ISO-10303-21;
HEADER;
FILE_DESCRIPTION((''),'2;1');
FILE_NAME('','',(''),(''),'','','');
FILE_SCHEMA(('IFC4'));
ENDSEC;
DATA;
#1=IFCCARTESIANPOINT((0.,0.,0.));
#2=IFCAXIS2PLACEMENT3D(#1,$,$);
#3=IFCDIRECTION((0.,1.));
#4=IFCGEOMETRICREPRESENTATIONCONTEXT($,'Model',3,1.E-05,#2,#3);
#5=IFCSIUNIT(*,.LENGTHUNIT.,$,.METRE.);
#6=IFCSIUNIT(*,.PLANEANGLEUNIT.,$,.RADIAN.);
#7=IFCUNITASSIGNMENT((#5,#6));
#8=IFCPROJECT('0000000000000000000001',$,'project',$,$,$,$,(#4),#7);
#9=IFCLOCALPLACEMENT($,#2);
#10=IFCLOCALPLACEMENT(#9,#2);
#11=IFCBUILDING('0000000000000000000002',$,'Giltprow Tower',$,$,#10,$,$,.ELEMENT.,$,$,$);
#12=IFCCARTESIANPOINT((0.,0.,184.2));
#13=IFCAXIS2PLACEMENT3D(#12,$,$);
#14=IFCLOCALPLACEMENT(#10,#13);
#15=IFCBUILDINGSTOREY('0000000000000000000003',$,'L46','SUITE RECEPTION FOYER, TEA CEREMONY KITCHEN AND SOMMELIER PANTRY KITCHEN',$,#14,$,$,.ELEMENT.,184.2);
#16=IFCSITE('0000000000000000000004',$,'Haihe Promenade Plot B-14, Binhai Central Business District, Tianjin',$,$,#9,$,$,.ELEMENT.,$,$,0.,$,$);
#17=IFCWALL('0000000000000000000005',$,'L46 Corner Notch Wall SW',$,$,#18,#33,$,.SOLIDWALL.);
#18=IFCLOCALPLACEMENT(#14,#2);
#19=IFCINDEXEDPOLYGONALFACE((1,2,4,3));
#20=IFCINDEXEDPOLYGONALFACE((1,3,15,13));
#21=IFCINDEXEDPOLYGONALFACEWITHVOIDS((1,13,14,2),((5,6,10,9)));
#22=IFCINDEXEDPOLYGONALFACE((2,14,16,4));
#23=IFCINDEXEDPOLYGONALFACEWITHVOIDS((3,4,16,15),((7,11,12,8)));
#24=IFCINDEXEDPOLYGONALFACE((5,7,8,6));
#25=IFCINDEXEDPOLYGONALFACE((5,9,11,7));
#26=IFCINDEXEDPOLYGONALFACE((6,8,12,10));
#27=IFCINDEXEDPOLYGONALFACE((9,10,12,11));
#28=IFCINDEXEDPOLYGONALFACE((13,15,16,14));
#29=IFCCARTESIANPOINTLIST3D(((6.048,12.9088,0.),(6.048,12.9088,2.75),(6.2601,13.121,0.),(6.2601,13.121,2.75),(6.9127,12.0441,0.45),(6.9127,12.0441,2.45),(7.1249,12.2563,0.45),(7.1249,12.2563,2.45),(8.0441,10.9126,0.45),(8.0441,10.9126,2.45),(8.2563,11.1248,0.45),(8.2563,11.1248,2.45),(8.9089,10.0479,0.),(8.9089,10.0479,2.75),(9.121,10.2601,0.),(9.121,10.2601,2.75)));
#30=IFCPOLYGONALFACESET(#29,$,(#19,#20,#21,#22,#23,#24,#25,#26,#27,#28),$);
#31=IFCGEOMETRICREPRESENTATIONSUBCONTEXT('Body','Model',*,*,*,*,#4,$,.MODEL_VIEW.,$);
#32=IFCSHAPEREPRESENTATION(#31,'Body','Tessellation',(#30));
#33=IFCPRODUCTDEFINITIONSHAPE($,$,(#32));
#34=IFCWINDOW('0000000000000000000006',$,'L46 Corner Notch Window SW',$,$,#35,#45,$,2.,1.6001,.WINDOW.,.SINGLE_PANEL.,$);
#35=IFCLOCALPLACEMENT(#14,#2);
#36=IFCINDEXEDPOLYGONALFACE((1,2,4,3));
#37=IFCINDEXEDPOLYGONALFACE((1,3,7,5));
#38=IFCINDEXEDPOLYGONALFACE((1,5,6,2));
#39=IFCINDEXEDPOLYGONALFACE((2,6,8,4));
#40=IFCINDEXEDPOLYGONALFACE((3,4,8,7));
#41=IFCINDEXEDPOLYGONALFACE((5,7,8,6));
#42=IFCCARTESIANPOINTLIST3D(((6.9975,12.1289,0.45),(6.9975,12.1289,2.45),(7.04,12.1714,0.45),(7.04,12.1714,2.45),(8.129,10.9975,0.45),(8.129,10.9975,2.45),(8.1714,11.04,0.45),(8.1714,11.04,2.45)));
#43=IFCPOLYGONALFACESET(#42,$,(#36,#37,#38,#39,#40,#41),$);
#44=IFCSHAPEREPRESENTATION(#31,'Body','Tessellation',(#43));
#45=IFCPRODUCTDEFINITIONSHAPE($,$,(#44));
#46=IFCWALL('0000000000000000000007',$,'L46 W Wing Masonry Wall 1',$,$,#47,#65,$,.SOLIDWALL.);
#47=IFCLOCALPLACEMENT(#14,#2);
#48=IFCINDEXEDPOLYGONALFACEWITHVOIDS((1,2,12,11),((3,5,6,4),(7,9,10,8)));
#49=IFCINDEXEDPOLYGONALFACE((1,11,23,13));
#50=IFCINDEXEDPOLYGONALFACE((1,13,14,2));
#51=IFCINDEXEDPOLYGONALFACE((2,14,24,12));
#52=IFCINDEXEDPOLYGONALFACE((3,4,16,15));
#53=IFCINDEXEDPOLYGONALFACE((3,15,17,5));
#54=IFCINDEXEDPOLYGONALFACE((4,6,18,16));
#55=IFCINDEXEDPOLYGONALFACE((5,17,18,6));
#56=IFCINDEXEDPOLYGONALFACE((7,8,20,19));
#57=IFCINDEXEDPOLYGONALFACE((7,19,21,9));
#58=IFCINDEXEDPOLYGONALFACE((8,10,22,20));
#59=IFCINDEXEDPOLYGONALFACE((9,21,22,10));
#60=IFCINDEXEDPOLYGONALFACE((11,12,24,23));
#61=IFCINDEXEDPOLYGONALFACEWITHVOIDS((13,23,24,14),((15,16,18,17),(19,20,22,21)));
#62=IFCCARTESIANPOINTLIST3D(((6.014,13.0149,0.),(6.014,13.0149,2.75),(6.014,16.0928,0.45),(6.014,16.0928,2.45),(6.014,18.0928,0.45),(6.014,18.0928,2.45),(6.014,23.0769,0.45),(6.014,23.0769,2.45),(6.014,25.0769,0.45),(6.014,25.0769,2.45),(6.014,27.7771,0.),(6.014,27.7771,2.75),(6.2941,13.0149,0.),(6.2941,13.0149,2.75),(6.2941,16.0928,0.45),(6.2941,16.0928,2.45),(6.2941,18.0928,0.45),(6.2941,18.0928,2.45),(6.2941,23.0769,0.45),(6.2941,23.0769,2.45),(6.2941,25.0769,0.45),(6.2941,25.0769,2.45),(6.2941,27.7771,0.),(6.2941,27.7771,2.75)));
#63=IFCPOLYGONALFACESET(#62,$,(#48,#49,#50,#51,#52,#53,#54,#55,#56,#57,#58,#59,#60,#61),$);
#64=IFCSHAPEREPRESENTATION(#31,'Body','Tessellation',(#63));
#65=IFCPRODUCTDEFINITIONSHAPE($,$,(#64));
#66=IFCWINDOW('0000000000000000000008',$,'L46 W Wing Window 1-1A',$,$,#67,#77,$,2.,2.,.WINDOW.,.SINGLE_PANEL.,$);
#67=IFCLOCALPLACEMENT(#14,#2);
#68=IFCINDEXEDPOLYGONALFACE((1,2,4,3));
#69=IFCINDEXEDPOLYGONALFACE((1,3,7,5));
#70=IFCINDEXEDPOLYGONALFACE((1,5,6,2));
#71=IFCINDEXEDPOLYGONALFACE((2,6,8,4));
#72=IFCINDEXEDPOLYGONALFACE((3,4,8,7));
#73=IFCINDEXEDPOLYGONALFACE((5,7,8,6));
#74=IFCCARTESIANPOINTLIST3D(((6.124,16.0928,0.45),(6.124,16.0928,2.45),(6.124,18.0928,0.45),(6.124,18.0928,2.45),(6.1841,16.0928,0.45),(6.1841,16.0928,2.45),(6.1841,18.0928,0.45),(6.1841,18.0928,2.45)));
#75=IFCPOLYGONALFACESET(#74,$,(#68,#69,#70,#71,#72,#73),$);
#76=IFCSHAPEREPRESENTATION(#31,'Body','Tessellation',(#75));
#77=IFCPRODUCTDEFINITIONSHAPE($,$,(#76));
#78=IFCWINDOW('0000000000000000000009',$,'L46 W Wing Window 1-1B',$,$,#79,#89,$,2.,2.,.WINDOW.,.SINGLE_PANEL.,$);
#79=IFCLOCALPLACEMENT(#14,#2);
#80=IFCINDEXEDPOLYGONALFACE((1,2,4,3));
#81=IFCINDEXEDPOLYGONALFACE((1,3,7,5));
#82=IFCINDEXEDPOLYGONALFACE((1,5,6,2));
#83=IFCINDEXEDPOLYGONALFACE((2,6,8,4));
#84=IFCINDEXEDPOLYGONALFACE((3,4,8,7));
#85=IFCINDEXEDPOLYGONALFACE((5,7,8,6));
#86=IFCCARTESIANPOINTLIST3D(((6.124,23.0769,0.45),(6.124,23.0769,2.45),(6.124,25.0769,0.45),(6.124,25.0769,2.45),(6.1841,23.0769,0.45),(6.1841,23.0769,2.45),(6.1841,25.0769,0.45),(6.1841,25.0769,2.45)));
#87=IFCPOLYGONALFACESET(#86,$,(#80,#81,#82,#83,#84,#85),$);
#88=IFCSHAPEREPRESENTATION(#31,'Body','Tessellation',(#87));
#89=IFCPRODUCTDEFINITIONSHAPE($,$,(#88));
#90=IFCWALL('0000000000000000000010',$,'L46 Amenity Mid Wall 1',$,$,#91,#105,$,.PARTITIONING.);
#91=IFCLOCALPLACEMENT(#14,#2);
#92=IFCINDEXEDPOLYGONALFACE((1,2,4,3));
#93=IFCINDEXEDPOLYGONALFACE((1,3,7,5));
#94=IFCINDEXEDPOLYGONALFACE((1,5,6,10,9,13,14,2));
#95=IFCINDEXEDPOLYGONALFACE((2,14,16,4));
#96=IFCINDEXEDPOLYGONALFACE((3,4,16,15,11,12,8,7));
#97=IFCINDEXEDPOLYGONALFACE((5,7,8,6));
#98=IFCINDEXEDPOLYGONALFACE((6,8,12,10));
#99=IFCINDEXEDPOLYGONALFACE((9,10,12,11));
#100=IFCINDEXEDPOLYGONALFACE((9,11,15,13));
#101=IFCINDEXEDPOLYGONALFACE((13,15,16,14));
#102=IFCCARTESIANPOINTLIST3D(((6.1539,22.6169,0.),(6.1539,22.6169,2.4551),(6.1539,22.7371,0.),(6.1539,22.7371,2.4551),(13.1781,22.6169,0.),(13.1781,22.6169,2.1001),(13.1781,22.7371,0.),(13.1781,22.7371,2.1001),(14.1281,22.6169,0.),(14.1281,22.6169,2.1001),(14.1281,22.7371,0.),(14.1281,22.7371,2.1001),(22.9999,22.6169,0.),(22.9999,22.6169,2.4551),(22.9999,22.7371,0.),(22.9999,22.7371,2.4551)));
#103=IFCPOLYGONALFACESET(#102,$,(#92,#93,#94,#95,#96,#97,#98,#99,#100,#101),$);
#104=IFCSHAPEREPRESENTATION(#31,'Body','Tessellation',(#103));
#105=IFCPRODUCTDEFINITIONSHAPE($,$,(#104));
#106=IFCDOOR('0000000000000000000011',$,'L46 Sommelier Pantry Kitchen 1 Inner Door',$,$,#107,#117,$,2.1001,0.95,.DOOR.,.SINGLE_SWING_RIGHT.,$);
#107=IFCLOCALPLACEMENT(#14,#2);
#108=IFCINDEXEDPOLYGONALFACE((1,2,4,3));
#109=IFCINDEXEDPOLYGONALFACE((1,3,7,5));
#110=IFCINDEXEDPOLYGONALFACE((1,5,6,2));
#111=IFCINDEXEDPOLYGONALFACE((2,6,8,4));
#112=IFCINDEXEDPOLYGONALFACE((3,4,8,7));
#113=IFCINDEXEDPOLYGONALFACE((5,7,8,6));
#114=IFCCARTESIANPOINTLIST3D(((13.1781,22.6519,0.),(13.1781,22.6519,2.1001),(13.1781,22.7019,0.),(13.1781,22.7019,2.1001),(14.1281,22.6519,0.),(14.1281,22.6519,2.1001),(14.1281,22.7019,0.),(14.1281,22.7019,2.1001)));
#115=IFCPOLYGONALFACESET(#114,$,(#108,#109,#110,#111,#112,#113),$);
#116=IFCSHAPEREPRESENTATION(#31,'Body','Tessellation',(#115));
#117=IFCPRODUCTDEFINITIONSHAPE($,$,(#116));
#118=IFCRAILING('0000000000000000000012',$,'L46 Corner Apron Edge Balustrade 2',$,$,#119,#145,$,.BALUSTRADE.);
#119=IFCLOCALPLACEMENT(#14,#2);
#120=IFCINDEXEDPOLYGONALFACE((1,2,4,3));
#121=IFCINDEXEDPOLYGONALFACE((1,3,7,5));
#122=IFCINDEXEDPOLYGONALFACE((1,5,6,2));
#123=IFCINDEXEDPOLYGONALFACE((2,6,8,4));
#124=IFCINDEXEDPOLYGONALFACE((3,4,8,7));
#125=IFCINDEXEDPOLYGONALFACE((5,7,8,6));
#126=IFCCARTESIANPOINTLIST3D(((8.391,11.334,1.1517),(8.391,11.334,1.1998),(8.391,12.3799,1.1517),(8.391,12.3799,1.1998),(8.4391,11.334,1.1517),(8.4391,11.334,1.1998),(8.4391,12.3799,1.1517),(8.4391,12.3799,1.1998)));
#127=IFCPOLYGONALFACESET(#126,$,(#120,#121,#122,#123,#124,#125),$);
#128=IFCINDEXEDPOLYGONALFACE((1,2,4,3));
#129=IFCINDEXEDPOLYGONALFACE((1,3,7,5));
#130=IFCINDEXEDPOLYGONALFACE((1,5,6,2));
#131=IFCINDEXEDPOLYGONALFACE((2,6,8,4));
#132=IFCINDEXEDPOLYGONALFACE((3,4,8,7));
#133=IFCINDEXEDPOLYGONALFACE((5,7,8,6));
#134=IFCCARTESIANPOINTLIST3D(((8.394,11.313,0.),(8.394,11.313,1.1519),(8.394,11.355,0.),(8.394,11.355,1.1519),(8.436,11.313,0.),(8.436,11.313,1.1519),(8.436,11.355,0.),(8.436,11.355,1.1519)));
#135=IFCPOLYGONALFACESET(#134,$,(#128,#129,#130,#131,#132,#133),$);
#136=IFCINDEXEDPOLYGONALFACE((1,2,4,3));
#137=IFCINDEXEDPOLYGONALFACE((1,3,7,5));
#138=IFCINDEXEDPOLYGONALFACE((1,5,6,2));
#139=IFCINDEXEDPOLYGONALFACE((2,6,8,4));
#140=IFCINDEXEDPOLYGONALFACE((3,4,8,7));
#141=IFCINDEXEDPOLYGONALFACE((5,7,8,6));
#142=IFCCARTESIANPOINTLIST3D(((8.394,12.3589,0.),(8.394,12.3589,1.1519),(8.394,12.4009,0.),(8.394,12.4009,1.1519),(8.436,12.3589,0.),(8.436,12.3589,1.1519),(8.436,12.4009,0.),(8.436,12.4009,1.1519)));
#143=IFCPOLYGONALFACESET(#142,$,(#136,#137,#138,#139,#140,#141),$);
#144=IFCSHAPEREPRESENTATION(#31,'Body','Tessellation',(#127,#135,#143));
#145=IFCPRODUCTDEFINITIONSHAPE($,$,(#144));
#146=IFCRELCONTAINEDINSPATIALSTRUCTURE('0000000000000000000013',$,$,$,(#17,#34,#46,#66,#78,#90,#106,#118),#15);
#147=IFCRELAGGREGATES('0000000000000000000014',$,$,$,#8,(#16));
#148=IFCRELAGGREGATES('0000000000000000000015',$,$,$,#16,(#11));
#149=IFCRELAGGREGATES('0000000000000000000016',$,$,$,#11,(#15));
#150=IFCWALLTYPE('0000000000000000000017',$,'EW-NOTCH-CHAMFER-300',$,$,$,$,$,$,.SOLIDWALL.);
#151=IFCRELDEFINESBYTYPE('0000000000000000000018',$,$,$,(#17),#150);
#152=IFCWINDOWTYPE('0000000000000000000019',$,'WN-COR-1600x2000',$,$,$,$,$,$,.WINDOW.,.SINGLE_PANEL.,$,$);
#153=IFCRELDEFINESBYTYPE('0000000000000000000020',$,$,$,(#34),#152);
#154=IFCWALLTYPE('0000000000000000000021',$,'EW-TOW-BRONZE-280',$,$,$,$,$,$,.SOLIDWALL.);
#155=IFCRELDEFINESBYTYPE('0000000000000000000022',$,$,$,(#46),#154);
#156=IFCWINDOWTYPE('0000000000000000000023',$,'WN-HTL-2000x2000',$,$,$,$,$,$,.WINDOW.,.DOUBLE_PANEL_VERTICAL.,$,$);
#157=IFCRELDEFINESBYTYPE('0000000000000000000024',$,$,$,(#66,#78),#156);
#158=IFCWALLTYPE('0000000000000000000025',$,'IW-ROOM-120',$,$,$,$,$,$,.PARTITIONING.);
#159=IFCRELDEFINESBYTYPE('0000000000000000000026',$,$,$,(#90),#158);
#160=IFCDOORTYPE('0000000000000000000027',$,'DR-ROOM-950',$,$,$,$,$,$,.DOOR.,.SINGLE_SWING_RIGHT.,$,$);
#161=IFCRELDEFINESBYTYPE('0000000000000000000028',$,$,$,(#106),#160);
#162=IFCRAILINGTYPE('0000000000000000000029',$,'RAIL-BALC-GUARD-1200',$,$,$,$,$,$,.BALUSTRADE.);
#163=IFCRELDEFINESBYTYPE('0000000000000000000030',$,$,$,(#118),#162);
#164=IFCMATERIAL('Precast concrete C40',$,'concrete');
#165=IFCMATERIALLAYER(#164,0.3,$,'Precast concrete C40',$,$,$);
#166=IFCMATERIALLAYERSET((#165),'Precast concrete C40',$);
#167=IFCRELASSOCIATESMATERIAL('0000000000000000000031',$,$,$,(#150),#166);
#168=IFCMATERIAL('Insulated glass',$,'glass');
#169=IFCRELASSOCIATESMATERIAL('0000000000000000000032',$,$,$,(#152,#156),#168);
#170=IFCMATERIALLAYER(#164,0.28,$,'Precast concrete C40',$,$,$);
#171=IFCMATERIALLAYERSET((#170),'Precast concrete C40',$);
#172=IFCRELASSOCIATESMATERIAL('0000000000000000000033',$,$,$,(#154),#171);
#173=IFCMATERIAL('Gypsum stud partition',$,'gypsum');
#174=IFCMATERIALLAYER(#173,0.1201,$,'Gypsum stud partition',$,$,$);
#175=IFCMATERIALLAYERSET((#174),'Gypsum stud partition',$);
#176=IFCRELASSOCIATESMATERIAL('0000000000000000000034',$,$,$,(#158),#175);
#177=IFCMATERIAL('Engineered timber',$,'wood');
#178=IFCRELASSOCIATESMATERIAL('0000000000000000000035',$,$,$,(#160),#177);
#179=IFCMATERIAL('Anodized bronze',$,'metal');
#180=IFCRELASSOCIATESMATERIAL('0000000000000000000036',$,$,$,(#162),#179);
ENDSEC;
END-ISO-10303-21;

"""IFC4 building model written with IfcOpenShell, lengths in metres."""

from ifc_helpers import new_model, si_unit, direction, frame, frame_2d, origin, origin_2d, place, context, subcontext, project, spatial, rectangle, extrude, source, transform, mapped, material, layer, layer_set, type_object, element, fill, save


model = new_model("IFC4")

# Units and contexts
model_context = context("Model", 3, precision=1e-05, world=origin(), true_north=direction((0.0, 1.0)))
body_context = subcontext(model_context, "Body", "Model", "MODEL_VIEW")
ifc_project = project(units=[si_unit("LENGTHUNIT", "METRE"), si_unit("PLANEANGLEUNIT", "RADIAN")], contexts=[model_context])

# Site, building, storey
site_placement = place(None, origin())
site = spatial("IfcSite", under=ifc_project, at=site_placement, Name="Haihe Promenade Plot B-14, Binhai Central Business District, Tianjin", CompositionType="ELEMENT", RefElevation=0.0)
building_placement = place(site_placement, origin())
building = spatial("IfcBuilding", under=site, at=building_placement, Name="Giltprow Tower", CompositionType="ELEMENT")
storey_placement = place(building_placement, frame((0.0, 0.0, 184.2)))
storey = spatial("IfcBuildingStorey", under=building, at=storey_placement, Name="L46", Description="SUITE RECEPTION FOYER, TEA CEREMONY KITCHEN AND SOMMELIER PANTRY KITCHEN", CompositionType="ELEMENT", Elevation=184.2)

# Shared definitions
ifc_material_1 = material(Name="Anodized bronze", Category="metal")
ifc_material_2 = material(Name="Insulated glass", Category="glass")

# Wall, opening, window
ifc_material_3 = material(Name="Precast concrete C40", Category="concrete")
ifc_layer_1 = layer(ifc_material_3, 0.3, Name="Precast concrete C40")
ifc_layer_set_1 = layer_set([ifc_layer_1], Name="Precast concrete C40")
wall_type_1 = type_object("IfcWallType", Name="EW-NOTCH-CHAMFER-300", PredefinedType="SOLIDWALL", material=ifc_layer_set_1)
wall_1_placement = place(storey_placement, frame((6.1541, 13.0149, 0.0), z_axis=(0.0, 0.0, 1.0), x_axis=(0.707107, -0.707107, 0.0)))
wall_1 = element("IfcWall", 1, at=wall_1_placement, inside=storey, type_object=wall_type_1, Name="L46 Corner Notch Wall SW", PredefinedType="SOLIDWALL", context=body_context, shape_type="SweptSolid", body=[
    extrude(rectangle(XDim=4.0459, YDim=0.3, at=frame_2d((2.0229, 0.0))), origin(), (0.0, 0.0, 1.0), 2.75),
])
opening_1_placement = place(wall_1_placement, frame((1.2229, 0.0, 0.45)))
opening_1 = element("IfcOpeningElement", 2, at=opening_1_placement, cuts=wall_1, PredefinedType="OPENING", context=body_context, shape_type="SweptSolid", body=[
    extrude(rectangle(XDim=1.6001, YDim=2.0, at=frame_2d((0.8, 1.0))), frame((0.0, 0.1599, 0.0), z_axis=(0.0, -1.0, 0.0), x_axis=(1.0, 0.0, 0.0)), (0.0, 0.0, 1.0), 0.3201),
])
window_type_1 = type_object("IfcWindowType", Name="WN-COR-1600x2000", PartitioningType="SINGLE_PANEL", PredefinedType="WINDOW", material=ifc_material_2)
shared_shape_1 = source(origin(), body_context, "Body", "SweptSolid", [
    extrude(rectangle(XDim=1.6001, YDim=2.0, at=frame_2d((0.8, 1.0))), frame((0.0, 0.03, 0.0), z_axis=(0.0, -1.0, 0.0), x_axis=(1.0, 0.0, 0.0)), (0.0, 0.0, 1.0), 0.0601),
])
window_1_placement = place(opening_1_placement, origin())
window_1 = element("IfcWindow", 3, at=window_1_placement, inside=storey, type_object=window_type_1, Name="L46 Corner Notch Window SW", OverallHeight=2.0, OverallWidth=1.6001, PartitioningType="SINGLE_PANEL", PredefinedType="WINDOW", context=body_context, shape_type="MappedRepresentation", body=[
    mapped(shared_shape_1, transform((0.0, 0.0, 0.0), x_axis=(1.0, 0.0, 0.0), y_axis=(0.0, 1.0, 0.0), z_axis=(0.0, 0.0, 1.0), scale=1.0)),
])
fill(opening_1, window_1)

# Wall, openings, windows
ifc_layer_2 = layer(ifc_material_3, 0.28, Name="Precast concrete C40")
ifc_layer_set_2 = layer_set([ifc_layer_2], Name="Precast concrete C40")
wall_type_2 = type_object("IfcWallType", Name="EW-TOW-BRONZE-280", PredefinedType="SOLIDWALL", material=ifc_layer_set_2)
wall_2_placement = place(storey_placement, frame((6.1541, 13.0149, 0.0), z_axis=(0.0, 0.0, 1.0), x_axis=(0.0, 1.0, 0.0)))
wall_2 = element("IfcWall", 4, at=wall_2_placement, inside=storey, type_object=wall_type_2, Name="L46 W Wing Masonry Wall 1", PredefinedType="SOLIDWALL", context=body_context, shape_type="SweptSolid", body=[
    extrude(rectangle(XDim=14.7622, YDim=0.28, at=frame_2d((7.3811, 0.0))), origin(), (0.0, 0.0, 1.0), 2.75),
])
opening_2_placement = place(wall_2_placement, frame((3.0779, 0.0, 0.45)))
opening_2 = element("IfcOpeningElement", 5, at=opening_2_placement, cuts=wall_2, PredefinedType="OPENING", context=body_context, shape_type="SweptSolid", body=[
    extrude(rectangle(XDim=2.0, YDim=2.0, at=frame_2d((1.0, 1.0))), frame((0.0, 0.1499, 0.0), z_axis=(0.0, -1.0, 0.0), x_axis=(1.0, 0.0, 0.0)), (0.0, 0.0, 1.0), 0.3),
])
opening_3_placement = place(wall_2_placement, frame((10.062, 0.0, 0.45)))
opening_3 = element("IfcOpeningElement", 6, at=opening_3_placement, cuts=wall_2, PredefinedType="OPENING", context=body_context, shape_type="SweptSolid", body=[
    extrude(rectangle(XDim=2.0, YDim=2.0, at=frame_2d((1.0, 1.0))), frame((0.0, 0.1499, 0.0), z_axis=(0.0, -1.0, 0.0), x_axis=(1.0, 0.0, 0.0)), (0.0, 0.0, 1.0), 0.3),
])
window_type_2 = type_object("IfcWindowType", Name="WN-HTL-2000x2000", PartitioningType="DOUBLE_PANEL_VERTICAL", PredefinedType="WINDOW", material=ifc_material_2)
shared_shape_2 = source(origin(), body_context, "Body", "SweptSolid", [
    extrude(rectangle(XDim=2.0, YDim=2.0, at=frame_2d((1.0, 1.0))), frame((0.0, 0.03, 0.0), z_axis=(0.0, -1.0, 0.0), x_axis=(1.0, 0.0, 0.0)), (0.0, 0.0, 1.0), 0.0601),
])
window_2_placement = place(opening_2_placement, origin())
window_2 = element("IfcWindow", 7, at=window_2_placement, inside=storey, type_object=window_type_2, Name="L46 W Wing Window 1-1A", OverallHeight=2.0, OverallWidth=2.0, PartitioningType="SINGLE_PANEL", PredefinedType="WINDOW", context=body_context, shape_type="MappedRepresentation", body=[
    mapped(shared_shape_2, transform((0.0, 0.0, 0.0), x_axis=(1.0, 0.0, 0.0), y_axis=(0.0, 1.0, 0.0), z_axis=(0.0, 0.0, 1.0), scale=1.0)),
])
fill(opening_2, window_2)
window_3_placement = place(opening_3_placement, origin())
window_3 = element("IfcWindow", 8, at=window_3_placement, inside=storey, type_object=window_type_2, Name="L46 W Wing Window 1-1B", OverallHeight=2.0, OverallWidth=2.0, PartitioningType="SINGLE_PANEL", PredefinedType="WINDOW", context=body_context, shape_type="MappedRepresentation", body=[
    mapped(shared_shape_2, transform((0.0, 0.0, 0.0), x_axis=(1.0, 0.0, 0.0), y_axis=(0.0, 1.0, 0.0), z_axis=(0.0, 0.0, 1.0), scale=1.0)),
])
fill(opening_3, window_3)

# Wall, opening, door
ifc_material_4 = material(Name="Gypsum stud partition", Category="gypsum")
ifc_layer_3 = layer(ifc_material_4, 0.1201, Name="Gypsum stud partition")
ifc_layer_set_3 = layer_set([ifc_layer_3], Name="Gypsum stud partition")
wall_type_3 = type_object("IfcWallType", Name="IW-ROOM-120", PredefinedType="PARTITIONING", material=ifc_layer_set_3)
wall_3_placement = place(storey_placement, frame((6.1541, 22.677, 0.0), z_axis=(0.0, 0.0, 1.0), x_axis=(1.0, 0.0, 0.0)))
wall_3 = element("IfcWall", 9, at=wall_3_placement, inside=storey, type_object=wall_type_3, Name="L46 Amenity Mid Wall 1", PredefinedType="PARTITIONING", context=body_context, shape_type="SweptSolid", body=[
    extrude(rectangle(XDim=16.8459, YDim=0.1201, at=frame_2d((8.4229, 0.0))), origin(), (0.0, 0.0, 1.0), 2.4551),
])
opening_4_placement = place(wall_3_placement, frame((7.0239, 0.0, 0.0)))
opening_4 = element("IfcOpeningElement", 10, at=opening_4_placement, cuts=wall_3, PredefinedType="OPENING", context=body_context, shape_type="SweptSolid", body=[
    extrude(rectangle(XDim=0.95, YDim=2.1001, at=frame_2d((0.4751, 1.05))), frame((0.0, 0.0701, 0.0), z_axis=(0.0, -1.0, 0.0), x_axis=(1.0, 0.0, 0.0)), (0.0, 0.0, 1.0), 0.1401),
])
ifc_material_5 = material(Name="Engineered timber", Category="wood")
door_type = type_object("IfcDoorType", Name="DR-ROOM-950", OperationType="SINGLE_SWING_RIGHT", PredefinedType="DOOR", material=ifc_material_5)
shared_shape_3 = source(origin(), body_context, "Body", "SweptSolid", [
    extrude(rectangle(XDim=0.95, YDim=2.1001, at=frame_2d((0.4751, 1.05))), frame((0.0, 0.0249, 0.0), z_axis=(0.0, -1.0, 0.0), x_axis=(1.0, 0.0, 0.0)), (0.0, 0.0, 1.0), 0.05),
])
door_placement = place(opening_4_placement, origin())
door = element("IfcDoor", 11, at=door_placement, inside=storey, type_object=door_type, Name="L46 Sommelier Pantry Kitchen 1 Inner Door", OperationType="SINGLE_SWING_RIGHT", OverallHeight=2.1001, OverallWidth=0.95, PredefinedType="DOOR", context=body_context, shape_type="MappedRepresentation", body=[
    mapped(shared_shape_3, transform((0.0, 0.0, 0.0), x_axis=(1.0, 0.0, 0.0), y_axis=(0.0, 1.0, 0.0), z_axis=(0.0, 0.0, 1.0), scale=1.0)),
])
fill(opening_4, door)

# Railing
railing_type = type_object("IfcRailingType", Name="RAIL-BALC-GUARD-1200", PredefinedType="BALUSTRADE", material=ifc_material_1)
railing_1_placement = place(storey_placement, frame((8.415, 11.334, 0.0)))
element("IfcRailing", 12, at=railing_1_placement, inside=storey, type_object=railing_type, Name="L46 Corner Apron Edge Balustrade 2", PredefinedType="BALUSTRADE", context=body_context, shape_type="SweptSolid", body=[
    extrude(rectangle(XDim=0.0481, YDim=0.0481, at=origin_2d()), frame((0.0, 0.0, 1.1758), z_axis=(0.0, 1.0, 0.0), x_axis=(-1.0, 0.0, 0.0)), (0.0, 0.0, 1.0), 1.0459),
    extrude(rectangle(XDim=0.042, YDim=0.042, at=origin_2d()), origin(), (0.0, 0.0, 1.0), 1.1519),
    extrude(rectangle(XDim=0.042, YDim=0.042, at=origin_2d()), frame((0.0, 1.0459, 0.0)), (0.0, 0.0, 1.0), 1.1519),
])

save(model, "model.ifc")
